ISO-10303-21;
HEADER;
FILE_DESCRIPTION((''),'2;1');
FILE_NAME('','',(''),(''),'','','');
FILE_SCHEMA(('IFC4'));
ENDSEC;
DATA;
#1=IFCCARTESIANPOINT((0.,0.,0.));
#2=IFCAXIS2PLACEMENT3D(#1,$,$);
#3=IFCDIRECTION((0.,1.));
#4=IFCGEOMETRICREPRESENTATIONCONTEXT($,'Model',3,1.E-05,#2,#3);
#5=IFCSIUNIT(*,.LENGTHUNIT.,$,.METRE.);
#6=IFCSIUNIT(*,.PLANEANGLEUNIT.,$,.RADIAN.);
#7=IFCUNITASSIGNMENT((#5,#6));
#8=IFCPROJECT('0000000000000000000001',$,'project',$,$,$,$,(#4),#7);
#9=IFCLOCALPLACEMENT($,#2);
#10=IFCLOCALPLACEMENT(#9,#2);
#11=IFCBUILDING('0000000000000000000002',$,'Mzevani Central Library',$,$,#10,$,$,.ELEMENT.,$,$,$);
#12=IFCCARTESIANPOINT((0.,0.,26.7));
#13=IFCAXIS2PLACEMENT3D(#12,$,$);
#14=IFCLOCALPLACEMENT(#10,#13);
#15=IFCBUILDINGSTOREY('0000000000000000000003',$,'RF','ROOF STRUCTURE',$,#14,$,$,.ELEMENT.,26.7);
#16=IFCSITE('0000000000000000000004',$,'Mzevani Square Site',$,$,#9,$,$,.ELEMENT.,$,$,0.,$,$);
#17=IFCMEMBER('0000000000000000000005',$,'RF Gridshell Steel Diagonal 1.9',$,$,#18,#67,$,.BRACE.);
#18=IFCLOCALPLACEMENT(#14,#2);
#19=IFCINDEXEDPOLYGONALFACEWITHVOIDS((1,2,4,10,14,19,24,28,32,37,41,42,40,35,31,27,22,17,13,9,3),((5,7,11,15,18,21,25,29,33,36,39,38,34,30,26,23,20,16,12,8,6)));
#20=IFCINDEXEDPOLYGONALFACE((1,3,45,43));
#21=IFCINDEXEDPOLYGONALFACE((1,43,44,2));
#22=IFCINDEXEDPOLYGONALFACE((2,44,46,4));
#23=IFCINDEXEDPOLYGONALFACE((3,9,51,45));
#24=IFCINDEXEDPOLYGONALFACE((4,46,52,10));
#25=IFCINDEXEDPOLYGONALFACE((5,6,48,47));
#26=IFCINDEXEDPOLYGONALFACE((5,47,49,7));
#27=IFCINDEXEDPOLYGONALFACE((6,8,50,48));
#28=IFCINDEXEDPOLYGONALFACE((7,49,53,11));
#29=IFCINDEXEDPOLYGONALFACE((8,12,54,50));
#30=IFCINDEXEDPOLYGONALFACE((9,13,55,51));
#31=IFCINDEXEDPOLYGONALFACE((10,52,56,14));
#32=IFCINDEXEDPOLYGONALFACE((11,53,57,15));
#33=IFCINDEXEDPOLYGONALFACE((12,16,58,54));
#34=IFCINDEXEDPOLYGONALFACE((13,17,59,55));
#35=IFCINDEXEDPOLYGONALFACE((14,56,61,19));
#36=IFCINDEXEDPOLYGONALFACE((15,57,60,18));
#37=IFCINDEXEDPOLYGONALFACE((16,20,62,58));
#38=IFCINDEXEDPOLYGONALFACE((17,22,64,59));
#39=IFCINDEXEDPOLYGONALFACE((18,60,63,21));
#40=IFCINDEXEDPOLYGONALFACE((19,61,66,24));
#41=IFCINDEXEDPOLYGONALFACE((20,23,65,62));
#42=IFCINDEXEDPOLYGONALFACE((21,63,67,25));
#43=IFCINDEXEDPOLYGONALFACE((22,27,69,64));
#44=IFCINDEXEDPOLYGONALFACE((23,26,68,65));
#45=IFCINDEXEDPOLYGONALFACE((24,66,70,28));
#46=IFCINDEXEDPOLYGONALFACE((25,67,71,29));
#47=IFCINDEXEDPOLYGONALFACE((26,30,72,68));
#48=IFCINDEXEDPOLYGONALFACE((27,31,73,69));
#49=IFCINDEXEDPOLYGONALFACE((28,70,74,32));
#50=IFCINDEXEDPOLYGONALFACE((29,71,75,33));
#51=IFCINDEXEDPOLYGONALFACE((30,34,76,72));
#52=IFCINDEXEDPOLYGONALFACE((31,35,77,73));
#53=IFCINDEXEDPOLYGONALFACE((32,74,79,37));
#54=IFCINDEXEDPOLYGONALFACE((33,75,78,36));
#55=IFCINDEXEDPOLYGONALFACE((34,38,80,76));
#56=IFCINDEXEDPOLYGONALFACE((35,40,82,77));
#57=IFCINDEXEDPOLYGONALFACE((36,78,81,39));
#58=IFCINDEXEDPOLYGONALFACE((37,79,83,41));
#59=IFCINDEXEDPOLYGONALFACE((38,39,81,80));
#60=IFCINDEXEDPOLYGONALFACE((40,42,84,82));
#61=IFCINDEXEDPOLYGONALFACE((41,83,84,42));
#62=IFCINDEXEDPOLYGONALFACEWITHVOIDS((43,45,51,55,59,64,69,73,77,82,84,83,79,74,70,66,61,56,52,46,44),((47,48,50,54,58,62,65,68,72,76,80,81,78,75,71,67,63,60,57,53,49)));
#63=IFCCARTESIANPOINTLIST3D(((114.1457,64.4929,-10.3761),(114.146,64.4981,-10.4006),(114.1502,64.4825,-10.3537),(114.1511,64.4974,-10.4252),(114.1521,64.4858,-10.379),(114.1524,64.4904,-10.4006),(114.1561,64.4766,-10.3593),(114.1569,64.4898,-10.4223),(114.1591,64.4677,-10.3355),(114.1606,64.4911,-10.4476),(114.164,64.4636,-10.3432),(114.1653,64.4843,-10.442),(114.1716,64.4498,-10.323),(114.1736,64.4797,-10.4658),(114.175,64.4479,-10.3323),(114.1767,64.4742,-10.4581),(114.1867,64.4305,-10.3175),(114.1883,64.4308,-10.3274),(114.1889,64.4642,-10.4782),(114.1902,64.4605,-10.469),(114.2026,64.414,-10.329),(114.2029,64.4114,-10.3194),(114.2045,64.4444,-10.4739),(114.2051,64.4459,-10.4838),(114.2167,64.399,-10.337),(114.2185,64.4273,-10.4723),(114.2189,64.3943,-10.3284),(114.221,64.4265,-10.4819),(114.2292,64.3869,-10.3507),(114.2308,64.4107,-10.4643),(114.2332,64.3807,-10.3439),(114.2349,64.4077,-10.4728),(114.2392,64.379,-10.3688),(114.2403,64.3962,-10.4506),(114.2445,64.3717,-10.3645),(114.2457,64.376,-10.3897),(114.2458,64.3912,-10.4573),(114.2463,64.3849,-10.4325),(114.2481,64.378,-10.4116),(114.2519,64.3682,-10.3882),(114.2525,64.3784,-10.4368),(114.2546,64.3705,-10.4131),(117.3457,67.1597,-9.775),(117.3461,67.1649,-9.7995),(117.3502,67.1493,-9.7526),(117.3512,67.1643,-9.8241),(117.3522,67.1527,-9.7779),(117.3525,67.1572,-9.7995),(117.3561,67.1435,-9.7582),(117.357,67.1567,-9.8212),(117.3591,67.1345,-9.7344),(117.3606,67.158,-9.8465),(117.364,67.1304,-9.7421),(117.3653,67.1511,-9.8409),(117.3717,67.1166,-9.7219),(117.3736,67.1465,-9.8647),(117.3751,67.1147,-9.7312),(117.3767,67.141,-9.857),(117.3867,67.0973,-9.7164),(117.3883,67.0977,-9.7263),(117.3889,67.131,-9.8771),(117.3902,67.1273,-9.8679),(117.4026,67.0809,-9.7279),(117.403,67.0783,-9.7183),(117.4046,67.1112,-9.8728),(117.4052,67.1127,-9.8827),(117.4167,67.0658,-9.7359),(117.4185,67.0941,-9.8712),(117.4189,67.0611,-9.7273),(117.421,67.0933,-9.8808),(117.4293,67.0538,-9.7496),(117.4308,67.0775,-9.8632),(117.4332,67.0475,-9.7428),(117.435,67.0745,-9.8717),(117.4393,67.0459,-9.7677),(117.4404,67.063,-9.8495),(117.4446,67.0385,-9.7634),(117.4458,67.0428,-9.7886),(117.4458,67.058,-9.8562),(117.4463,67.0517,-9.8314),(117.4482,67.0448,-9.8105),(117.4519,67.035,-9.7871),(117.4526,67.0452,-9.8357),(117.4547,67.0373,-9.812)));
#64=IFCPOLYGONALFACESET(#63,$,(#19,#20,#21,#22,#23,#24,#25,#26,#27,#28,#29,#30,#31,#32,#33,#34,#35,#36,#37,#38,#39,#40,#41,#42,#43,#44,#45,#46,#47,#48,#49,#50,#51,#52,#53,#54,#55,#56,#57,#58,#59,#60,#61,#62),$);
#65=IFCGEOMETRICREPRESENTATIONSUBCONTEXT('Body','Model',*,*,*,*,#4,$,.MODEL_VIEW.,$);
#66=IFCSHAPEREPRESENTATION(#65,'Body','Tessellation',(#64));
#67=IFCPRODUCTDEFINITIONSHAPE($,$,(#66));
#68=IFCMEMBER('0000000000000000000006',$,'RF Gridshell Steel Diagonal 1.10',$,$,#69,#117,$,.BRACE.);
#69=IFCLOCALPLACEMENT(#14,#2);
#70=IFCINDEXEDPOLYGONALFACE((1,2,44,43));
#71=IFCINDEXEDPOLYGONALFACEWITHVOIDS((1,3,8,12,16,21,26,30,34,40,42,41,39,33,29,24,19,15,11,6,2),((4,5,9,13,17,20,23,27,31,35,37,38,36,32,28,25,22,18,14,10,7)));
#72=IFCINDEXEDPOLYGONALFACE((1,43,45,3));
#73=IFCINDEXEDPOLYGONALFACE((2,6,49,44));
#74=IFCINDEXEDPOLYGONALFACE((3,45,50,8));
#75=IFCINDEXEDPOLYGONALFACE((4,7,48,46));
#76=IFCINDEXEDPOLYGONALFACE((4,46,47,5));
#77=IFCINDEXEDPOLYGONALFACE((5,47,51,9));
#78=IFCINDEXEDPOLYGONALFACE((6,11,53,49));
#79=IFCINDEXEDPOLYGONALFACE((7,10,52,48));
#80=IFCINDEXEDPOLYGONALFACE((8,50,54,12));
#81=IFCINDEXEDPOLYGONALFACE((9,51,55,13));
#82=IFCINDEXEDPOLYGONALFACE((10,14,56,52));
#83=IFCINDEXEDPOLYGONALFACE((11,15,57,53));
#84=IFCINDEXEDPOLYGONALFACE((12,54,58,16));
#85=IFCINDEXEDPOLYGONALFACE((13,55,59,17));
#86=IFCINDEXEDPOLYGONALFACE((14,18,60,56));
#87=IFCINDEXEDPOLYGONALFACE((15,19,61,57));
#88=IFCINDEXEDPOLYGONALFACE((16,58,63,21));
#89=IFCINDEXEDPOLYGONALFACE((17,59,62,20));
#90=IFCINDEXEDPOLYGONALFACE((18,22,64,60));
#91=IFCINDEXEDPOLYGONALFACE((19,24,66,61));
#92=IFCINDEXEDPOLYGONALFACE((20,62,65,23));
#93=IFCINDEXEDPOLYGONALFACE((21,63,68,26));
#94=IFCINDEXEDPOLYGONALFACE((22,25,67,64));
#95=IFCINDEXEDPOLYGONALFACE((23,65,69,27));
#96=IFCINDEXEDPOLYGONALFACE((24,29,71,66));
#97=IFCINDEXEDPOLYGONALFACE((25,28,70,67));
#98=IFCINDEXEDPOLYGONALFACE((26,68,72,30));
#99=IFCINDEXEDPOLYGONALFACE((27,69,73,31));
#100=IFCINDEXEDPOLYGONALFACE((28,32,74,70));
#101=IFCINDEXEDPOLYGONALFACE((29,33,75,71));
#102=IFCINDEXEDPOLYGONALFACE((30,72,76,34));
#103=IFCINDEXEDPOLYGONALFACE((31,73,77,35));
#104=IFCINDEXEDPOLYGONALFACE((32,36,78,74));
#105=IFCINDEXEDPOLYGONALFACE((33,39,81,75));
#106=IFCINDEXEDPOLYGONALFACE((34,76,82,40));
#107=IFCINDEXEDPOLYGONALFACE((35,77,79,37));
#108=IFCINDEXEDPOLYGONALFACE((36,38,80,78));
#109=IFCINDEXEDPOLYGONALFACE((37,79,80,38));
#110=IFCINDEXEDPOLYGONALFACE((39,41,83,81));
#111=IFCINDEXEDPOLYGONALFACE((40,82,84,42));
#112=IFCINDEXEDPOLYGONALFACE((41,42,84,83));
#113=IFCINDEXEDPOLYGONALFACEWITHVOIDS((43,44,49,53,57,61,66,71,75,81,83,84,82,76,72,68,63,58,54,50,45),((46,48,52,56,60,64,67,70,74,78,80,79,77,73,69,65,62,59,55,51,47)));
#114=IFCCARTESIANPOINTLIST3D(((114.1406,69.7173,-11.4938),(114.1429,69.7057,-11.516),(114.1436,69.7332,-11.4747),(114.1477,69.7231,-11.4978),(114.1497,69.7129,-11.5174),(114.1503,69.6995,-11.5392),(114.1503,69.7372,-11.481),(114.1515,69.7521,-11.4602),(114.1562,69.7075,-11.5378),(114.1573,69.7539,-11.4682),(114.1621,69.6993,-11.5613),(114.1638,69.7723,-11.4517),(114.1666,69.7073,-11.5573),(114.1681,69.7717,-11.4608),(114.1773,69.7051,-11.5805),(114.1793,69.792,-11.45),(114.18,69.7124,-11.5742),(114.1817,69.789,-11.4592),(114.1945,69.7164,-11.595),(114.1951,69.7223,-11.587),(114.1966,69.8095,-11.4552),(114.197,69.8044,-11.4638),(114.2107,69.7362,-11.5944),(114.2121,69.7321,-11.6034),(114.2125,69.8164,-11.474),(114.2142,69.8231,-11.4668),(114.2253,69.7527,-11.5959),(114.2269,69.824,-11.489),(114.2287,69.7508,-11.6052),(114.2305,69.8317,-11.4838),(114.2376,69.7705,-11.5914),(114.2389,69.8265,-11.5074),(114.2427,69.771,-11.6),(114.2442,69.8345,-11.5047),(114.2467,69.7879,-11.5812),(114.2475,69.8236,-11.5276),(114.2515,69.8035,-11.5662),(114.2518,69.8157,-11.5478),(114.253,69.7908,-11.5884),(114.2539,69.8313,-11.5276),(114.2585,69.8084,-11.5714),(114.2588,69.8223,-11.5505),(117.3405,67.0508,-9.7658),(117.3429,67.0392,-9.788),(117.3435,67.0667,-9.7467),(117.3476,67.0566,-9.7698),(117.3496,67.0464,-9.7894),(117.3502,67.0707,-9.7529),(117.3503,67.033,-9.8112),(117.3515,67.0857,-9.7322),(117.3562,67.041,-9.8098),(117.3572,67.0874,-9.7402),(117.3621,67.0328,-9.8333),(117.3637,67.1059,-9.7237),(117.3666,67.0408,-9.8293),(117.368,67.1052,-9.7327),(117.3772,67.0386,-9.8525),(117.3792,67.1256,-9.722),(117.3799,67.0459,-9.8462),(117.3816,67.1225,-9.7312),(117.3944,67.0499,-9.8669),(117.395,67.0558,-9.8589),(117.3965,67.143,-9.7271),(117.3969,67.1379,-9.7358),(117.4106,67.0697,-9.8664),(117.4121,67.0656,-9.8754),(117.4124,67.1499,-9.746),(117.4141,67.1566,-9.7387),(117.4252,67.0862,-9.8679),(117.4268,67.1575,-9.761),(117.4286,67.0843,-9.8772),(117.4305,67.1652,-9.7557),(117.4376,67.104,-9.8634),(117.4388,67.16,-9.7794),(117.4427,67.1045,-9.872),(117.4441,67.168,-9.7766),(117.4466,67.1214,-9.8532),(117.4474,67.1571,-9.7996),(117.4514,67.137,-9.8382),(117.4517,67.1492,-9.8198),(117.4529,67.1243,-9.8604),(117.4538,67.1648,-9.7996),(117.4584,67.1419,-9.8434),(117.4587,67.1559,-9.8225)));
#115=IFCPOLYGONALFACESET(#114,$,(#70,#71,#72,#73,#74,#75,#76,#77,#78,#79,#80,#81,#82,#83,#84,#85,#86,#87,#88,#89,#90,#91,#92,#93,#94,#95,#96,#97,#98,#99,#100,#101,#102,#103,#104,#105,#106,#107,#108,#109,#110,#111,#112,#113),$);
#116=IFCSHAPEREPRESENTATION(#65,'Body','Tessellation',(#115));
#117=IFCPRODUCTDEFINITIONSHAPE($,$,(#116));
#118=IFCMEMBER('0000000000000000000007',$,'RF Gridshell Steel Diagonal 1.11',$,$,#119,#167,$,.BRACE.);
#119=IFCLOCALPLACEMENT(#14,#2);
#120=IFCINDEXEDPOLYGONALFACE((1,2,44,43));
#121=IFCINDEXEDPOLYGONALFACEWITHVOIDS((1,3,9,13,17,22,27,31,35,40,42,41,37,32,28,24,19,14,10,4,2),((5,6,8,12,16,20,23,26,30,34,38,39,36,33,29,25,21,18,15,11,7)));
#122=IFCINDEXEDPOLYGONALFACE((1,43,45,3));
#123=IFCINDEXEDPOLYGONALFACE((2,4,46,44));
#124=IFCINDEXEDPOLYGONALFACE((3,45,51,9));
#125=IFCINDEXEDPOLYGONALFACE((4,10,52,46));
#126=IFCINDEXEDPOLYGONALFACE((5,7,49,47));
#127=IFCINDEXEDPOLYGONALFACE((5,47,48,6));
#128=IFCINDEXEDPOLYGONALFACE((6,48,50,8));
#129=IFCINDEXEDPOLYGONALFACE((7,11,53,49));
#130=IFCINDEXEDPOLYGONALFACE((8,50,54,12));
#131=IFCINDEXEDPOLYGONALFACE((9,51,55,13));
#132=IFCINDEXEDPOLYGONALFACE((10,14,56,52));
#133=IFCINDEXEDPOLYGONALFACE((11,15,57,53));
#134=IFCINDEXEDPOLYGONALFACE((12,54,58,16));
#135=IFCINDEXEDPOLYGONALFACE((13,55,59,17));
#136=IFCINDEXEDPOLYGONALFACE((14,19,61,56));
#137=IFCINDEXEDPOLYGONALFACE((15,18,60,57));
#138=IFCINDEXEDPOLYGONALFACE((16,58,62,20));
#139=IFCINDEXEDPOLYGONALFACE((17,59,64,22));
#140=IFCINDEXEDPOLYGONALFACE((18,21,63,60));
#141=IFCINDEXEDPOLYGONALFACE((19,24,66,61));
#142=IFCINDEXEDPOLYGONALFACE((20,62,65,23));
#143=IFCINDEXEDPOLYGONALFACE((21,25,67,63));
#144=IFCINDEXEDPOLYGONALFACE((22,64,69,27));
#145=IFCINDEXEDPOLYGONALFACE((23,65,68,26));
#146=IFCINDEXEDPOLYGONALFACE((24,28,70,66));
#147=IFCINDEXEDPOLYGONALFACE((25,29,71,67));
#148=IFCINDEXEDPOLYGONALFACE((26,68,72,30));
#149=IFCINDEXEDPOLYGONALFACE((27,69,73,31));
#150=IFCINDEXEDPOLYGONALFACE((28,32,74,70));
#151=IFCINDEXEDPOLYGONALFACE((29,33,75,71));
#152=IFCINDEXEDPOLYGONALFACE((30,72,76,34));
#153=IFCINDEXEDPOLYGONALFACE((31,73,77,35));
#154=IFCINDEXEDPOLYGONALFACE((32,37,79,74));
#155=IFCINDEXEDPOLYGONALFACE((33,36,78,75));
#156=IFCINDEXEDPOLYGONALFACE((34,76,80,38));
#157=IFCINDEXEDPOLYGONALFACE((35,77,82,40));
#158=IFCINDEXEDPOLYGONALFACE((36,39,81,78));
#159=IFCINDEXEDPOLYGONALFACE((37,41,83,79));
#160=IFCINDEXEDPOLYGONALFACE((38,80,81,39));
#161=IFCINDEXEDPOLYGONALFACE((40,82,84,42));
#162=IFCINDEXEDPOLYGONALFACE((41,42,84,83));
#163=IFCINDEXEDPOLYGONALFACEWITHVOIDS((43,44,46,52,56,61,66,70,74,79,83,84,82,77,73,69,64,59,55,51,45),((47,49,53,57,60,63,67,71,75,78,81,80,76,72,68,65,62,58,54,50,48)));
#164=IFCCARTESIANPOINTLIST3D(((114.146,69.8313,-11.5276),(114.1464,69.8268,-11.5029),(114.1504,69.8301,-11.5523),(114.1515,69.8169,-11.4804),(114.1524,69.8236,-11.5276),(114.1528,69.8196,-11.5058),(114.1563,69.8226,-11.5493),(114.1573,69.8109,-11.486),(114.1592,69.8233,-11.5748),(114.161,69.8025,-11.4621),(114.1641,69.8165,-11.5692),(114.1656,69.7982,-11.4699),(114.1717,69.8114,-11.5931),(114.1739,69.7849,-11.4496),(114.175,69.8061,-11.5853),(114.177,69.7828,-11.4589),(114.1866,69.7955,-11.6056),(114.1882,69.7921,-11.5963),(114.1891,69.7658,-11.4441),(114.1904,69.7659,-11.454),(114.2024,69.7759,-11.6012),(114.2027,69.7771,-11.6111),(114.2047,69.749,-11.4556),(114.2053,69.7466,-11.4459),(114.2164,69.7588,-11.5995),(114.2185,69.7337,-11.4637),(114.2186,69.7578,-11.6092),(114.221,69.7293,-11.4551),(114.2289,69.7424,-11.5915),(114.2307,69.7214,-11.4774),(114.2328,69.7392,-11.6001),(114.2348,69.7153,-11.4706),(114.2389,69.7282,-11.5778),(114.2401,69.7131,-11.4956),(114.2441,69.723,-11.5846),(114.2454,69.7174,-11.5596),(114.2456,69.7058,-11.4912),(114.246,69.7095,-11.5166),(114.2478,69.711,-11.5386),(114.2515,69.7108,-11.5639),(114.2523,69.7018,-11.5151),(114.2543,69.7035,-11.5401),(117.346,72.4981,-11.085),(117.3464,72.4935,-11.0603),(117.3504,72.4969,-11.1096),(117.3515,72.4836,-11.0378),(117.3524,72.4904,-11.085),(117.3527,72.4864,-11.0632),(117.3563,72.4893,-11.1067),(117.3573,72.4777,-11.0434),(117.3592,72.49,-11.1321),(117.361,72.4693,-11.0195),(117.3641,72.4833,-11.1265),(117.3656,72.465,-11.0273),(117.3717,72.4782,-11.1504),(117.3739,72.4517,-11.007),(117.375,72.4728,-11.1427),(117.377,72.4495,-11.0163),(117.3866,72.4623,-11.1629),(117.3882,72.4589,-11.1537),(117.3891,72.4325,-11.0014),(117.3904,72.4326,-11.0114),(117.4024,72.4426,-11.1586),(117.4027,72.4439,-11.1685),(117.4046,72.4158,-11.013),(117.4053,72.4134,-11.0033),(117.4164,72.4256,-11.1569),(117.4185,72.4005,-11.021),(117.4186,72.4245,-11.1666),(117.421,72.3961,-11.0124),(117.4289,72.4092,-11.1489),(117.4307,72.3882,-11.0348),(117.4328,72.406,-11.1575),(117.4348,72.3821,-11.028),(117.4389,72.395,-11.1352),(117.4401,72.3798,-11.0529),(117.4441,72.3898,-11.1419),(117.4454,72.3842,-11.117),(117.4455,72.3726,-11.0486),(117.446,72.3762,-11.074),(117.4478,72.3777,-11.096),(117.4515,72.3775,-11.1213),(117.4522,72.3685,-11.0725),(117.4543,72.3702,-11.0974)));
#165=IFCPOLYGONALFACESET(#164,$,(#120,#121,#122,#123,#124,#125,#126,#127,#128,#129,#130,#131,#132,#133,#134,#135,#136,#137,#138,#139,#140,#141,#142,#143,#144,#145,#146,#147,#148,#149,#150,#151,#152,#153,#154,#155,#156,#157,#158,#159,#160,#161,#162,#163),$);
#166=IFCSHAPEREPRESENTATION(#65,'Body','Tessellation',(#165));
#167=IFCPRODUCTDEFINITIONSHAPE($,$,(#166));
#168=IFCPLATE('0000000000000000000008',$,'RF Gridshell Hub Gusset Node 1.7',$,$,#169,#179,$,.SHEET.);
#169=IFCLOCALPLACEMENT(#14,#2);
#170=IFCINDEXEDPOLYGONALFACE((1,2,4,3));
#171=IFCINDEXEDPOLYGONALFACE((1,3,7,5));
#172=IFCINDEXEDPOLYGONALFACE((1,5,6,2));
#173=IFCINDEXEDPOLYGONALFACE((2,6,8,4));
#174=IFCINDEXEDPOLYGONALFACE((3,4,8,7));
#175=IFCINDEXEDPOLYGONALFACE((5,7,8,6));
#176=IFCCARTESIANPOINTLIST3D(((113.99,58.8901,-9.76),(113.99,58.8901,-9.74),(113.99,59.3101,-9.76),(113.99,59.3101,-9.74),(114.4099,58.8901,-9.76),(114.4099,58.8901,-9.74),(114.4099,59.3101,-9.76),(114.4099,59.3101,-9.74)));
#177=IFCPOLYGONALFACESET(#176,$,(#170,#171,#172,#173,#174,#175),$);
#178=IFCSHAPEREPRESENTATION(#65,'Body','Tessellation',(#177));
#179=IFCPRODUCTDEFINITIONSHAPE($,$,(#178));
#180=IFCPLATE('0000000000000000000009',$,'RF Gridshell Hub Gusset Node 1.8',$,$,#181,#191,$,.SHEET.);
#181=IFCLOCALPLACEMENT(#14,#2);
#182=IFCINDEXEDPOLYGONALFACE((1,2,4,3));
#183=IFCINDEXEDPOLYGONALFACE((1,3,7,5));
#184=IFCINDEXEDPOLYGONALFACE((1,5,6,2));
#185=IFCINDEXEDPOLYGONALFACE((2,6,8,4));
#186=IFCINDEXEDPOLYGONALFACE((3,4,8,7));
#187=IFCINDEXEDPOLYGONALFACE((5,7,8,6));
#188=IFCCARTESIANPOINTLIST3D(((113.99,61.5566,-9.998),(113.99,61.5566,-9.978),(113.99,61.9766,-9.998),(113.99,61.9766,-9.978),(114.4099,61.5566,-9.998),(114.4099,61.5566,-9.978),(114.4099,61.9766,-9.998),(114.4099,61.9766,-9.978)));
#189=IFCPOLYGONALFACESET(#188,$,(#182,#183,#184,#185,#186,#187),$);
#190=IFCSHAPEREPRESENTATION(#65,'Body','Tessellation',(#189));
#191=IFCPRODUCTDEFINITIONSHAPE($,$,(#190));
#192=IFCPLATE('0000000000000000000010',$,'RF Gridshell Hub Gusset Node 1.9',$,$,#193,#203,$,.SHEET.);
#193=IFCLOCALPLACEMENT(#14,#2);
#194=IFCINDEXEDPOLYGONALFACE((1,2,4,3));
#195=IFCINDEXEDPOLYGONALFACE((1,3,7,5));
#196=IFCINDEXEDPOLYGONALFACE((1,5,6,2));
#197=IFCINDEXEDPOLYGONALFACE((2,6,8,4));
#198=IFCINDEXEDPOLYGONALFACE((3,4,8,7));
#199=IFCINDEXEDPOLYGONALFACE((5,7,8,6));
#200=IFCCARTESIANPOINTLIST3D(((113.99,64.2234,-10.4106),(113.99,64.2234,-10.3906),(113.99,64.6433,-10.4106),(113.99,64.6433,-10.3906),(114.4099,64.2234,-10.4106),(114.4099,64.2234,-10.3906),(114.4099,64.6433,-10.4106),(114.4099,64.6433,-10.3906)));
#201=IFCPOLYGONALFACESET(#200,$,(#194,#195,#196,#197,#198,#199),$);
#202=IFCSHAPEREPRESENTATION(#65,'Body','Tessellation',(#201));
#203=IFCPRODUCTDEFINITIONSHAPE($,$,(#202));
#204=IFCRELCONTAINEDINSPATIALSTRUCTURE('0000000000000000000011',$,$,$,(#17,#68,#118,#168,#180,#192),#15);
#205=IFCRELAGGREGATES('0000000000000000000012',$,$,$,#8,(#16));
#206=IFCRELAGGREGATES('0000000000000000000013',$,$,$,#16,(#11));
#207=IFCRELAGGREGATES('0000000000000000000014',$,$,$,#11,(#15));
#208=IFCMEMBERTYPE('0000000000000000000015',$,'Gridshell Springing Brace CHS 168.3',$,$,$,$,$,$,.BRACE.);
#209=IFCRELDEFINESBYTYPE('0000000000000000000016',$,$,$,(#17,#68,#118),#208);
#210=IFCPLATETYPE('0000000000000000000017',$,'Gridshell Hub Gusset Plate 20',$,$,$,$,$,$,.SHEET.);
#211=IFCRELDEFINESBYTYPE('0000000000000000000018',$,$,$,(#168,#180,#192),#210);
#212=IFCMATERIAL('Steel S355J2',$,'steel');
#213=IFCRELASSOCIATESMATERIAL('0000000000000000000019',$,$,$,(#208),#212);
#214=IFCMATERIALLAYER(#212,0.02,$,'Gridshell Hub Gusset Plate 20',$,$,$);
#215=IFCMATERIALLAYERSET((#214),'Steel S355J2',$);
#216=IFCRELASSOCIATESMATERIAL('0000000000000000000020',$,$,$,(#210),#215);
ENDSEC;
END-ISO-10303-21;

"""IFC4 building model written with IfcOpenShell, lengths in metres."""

from ifc_helpers import new_model, si_unit, direction, frame, origin, origin_2d, place, context, subcontext, project, spatial, rectangle, hollow_circle, extrude, material, layer, layer_set, material_profile, profile_set, type_object, element, save


model = new_model("IFC4")

# Units and contexts
model_context = context("Model", 3, precision=1e-05, world=origin(), true_north=direction((0.0, 1.0)))
body_context = subcontext(model_context, "Body", "Model", "MODEL_VIEW")
ifc_project = project(units=[si_unit("LENGTHUNIT", "METRE"), si_unit("PLANEANGLEUNIT", "RADIAN")], contexts=[model_context])

# Site, building, storey
site_placement = place(None, origin())
site = spatial("IfcSite", under=ifc_project, at=site_placement, Name="Mzevani Square Site", CompositionType="ELEMENT", RefElevation=0.0)
building_placement = place(site_placement, origin())
building = spatial("IfcBuilding", under=site, at=building_placement, Name="Mzevani Central Library", CompositionType="ELEMENT")
storey_placement = place(building_placement, frame((0.0, 0.0, 26.7)))
storey = spatial("IfcBuildingStorey", under=building, at=storey_placement, Name="RF", Description="ROOF STRUCTURE", CompositionType="ELEMENT", Elevation=26.7)

# Members
ifc_material_1 = material(Name="Steel S355J2", Category="steel")
ifc_material_profile_1 = material_profile(ifc_material_1, hollow_circle(Radius=0.0842, WallThickness=0.01, at=origin_2d()), Name="CHS 168.3x10.0")
ifc_profile_set_1 = profile_set([ifc_material_profile_1], Name="Steel S355J2")
member_type_1 = type_object("IfcMemberType", Name="Gridshell Springing Brace CHS 168.3", PredefinedType="BRACE", material=ifc_profile_set_1)
member_1_placement = place(storey_placement, frame((114.2, 64.4333, -10.4006), z_axis=(0.760332, 0.633639, 0.14282), x_axis=(-0.640202, 0.768207, 0.0)))
element("IfcMember", 1, at=member_1_placement, inside=storey, type_object=member_type_1, Name="RF Gridshell Steel Diagonal 1.9", PredefinedType="BRACE", context=body_context, shape_type="SweptSolid", body=[
    extrude(hollow_circle(Radius=0.0842, WallThickness=0.01, at=origin_2d()), origin(), (0.0, 0.0, 1.0), 4.2087),
])
member_2_placement = place(storey_placement, frame((114.2, 69.7666, -11.5276), z_axis=(0.709595, -0.591302, 0.383193), x_axis=(0.640167, 0.768236, 0.0)))
element("IfcMember", 2, at=member_2_placement, inside=storey, type_object=member_type_1, Name="RF Gridshell Steel Diagonal 1.10", PredefinedType="BRACE", context=body_context, shape_type="SweptSolid", body=[
    extrude(hollow_circle(Radius=0.0842, WallThickness=0.01, at=origin_2d()), origin(), (0.0, 0.0, 1.0), 4.5095),
])
member_3_placement = place(storey_placement, frame((114.2, 69.7666, -11.5276), z_axis=(0.763906, 0.636618, 0.105666), x_axis=(-0.640202, 0.768207, 0.0)))
element("IfcMember", 3, at=member_3_placement, inside=storey, type_object=member_type_1, Name="RF Gridshell Steel Diagonal 1.11", PredefinedType="BRACE", context=body_context, shape_type="SweptSolid", body=[
    extrude(hollow_circle(Radius=0.0842, WallThickness=0.01, at=origin_2d()), origin(), (0.0, 0.0, 1.0), 4.189),
])

# Plates
ifc_layer_1 = layer(ifc_material_1, 0.02, Name="Gridshell Hub Gusset Plate 20")
ifc_layer_set_1 = layer_set([ifc_layer_1], Name="Steel S355J2")
plate_type = type_object("IfcPlateType", Name="Gridshell Hub Gusset Plate 20", PredefinedType="SHEET", material=ifc_layer_set_1)
for number, where, z_axis, x_axis, name in (
    (4, (114.2, 59.1001, -9.76), (0.0, 0.0, 1.0), (1.0, 0.0, 0.0), "RF Gridshell Hub Gusset Node 1.7"),
    (5, (114.2, 61.7666, -9.998), (0.0, 0.0, 1.0), (1.0, 0.0, 0.0), "RF Gridshell Hub Gusset Node 1.8"),
    (6, (114.2, 64.4333, -10.4106), (0.0, 0.0, 1.0), (1.0, 0.0, 0.0), "RF Gridshell Hub Gusset Node 1.9"),
):
    element("IfcPlate", number, at=place(storey_placement, frame(where, z_axis=z_axis, x_axis=x_axis)), inside=storey, type_object=plate_type, Name=name, PredefinedType="SHEET", context=body_context, shape_type="SweptSolid", body=[
        extrude(rectangle(XDim=0.4199, YDim=0.4199, at=origin_2d()), origin(), (0.0, 0.0, 1.0), 0.02),
    ])

save(model, "model.ifc")
